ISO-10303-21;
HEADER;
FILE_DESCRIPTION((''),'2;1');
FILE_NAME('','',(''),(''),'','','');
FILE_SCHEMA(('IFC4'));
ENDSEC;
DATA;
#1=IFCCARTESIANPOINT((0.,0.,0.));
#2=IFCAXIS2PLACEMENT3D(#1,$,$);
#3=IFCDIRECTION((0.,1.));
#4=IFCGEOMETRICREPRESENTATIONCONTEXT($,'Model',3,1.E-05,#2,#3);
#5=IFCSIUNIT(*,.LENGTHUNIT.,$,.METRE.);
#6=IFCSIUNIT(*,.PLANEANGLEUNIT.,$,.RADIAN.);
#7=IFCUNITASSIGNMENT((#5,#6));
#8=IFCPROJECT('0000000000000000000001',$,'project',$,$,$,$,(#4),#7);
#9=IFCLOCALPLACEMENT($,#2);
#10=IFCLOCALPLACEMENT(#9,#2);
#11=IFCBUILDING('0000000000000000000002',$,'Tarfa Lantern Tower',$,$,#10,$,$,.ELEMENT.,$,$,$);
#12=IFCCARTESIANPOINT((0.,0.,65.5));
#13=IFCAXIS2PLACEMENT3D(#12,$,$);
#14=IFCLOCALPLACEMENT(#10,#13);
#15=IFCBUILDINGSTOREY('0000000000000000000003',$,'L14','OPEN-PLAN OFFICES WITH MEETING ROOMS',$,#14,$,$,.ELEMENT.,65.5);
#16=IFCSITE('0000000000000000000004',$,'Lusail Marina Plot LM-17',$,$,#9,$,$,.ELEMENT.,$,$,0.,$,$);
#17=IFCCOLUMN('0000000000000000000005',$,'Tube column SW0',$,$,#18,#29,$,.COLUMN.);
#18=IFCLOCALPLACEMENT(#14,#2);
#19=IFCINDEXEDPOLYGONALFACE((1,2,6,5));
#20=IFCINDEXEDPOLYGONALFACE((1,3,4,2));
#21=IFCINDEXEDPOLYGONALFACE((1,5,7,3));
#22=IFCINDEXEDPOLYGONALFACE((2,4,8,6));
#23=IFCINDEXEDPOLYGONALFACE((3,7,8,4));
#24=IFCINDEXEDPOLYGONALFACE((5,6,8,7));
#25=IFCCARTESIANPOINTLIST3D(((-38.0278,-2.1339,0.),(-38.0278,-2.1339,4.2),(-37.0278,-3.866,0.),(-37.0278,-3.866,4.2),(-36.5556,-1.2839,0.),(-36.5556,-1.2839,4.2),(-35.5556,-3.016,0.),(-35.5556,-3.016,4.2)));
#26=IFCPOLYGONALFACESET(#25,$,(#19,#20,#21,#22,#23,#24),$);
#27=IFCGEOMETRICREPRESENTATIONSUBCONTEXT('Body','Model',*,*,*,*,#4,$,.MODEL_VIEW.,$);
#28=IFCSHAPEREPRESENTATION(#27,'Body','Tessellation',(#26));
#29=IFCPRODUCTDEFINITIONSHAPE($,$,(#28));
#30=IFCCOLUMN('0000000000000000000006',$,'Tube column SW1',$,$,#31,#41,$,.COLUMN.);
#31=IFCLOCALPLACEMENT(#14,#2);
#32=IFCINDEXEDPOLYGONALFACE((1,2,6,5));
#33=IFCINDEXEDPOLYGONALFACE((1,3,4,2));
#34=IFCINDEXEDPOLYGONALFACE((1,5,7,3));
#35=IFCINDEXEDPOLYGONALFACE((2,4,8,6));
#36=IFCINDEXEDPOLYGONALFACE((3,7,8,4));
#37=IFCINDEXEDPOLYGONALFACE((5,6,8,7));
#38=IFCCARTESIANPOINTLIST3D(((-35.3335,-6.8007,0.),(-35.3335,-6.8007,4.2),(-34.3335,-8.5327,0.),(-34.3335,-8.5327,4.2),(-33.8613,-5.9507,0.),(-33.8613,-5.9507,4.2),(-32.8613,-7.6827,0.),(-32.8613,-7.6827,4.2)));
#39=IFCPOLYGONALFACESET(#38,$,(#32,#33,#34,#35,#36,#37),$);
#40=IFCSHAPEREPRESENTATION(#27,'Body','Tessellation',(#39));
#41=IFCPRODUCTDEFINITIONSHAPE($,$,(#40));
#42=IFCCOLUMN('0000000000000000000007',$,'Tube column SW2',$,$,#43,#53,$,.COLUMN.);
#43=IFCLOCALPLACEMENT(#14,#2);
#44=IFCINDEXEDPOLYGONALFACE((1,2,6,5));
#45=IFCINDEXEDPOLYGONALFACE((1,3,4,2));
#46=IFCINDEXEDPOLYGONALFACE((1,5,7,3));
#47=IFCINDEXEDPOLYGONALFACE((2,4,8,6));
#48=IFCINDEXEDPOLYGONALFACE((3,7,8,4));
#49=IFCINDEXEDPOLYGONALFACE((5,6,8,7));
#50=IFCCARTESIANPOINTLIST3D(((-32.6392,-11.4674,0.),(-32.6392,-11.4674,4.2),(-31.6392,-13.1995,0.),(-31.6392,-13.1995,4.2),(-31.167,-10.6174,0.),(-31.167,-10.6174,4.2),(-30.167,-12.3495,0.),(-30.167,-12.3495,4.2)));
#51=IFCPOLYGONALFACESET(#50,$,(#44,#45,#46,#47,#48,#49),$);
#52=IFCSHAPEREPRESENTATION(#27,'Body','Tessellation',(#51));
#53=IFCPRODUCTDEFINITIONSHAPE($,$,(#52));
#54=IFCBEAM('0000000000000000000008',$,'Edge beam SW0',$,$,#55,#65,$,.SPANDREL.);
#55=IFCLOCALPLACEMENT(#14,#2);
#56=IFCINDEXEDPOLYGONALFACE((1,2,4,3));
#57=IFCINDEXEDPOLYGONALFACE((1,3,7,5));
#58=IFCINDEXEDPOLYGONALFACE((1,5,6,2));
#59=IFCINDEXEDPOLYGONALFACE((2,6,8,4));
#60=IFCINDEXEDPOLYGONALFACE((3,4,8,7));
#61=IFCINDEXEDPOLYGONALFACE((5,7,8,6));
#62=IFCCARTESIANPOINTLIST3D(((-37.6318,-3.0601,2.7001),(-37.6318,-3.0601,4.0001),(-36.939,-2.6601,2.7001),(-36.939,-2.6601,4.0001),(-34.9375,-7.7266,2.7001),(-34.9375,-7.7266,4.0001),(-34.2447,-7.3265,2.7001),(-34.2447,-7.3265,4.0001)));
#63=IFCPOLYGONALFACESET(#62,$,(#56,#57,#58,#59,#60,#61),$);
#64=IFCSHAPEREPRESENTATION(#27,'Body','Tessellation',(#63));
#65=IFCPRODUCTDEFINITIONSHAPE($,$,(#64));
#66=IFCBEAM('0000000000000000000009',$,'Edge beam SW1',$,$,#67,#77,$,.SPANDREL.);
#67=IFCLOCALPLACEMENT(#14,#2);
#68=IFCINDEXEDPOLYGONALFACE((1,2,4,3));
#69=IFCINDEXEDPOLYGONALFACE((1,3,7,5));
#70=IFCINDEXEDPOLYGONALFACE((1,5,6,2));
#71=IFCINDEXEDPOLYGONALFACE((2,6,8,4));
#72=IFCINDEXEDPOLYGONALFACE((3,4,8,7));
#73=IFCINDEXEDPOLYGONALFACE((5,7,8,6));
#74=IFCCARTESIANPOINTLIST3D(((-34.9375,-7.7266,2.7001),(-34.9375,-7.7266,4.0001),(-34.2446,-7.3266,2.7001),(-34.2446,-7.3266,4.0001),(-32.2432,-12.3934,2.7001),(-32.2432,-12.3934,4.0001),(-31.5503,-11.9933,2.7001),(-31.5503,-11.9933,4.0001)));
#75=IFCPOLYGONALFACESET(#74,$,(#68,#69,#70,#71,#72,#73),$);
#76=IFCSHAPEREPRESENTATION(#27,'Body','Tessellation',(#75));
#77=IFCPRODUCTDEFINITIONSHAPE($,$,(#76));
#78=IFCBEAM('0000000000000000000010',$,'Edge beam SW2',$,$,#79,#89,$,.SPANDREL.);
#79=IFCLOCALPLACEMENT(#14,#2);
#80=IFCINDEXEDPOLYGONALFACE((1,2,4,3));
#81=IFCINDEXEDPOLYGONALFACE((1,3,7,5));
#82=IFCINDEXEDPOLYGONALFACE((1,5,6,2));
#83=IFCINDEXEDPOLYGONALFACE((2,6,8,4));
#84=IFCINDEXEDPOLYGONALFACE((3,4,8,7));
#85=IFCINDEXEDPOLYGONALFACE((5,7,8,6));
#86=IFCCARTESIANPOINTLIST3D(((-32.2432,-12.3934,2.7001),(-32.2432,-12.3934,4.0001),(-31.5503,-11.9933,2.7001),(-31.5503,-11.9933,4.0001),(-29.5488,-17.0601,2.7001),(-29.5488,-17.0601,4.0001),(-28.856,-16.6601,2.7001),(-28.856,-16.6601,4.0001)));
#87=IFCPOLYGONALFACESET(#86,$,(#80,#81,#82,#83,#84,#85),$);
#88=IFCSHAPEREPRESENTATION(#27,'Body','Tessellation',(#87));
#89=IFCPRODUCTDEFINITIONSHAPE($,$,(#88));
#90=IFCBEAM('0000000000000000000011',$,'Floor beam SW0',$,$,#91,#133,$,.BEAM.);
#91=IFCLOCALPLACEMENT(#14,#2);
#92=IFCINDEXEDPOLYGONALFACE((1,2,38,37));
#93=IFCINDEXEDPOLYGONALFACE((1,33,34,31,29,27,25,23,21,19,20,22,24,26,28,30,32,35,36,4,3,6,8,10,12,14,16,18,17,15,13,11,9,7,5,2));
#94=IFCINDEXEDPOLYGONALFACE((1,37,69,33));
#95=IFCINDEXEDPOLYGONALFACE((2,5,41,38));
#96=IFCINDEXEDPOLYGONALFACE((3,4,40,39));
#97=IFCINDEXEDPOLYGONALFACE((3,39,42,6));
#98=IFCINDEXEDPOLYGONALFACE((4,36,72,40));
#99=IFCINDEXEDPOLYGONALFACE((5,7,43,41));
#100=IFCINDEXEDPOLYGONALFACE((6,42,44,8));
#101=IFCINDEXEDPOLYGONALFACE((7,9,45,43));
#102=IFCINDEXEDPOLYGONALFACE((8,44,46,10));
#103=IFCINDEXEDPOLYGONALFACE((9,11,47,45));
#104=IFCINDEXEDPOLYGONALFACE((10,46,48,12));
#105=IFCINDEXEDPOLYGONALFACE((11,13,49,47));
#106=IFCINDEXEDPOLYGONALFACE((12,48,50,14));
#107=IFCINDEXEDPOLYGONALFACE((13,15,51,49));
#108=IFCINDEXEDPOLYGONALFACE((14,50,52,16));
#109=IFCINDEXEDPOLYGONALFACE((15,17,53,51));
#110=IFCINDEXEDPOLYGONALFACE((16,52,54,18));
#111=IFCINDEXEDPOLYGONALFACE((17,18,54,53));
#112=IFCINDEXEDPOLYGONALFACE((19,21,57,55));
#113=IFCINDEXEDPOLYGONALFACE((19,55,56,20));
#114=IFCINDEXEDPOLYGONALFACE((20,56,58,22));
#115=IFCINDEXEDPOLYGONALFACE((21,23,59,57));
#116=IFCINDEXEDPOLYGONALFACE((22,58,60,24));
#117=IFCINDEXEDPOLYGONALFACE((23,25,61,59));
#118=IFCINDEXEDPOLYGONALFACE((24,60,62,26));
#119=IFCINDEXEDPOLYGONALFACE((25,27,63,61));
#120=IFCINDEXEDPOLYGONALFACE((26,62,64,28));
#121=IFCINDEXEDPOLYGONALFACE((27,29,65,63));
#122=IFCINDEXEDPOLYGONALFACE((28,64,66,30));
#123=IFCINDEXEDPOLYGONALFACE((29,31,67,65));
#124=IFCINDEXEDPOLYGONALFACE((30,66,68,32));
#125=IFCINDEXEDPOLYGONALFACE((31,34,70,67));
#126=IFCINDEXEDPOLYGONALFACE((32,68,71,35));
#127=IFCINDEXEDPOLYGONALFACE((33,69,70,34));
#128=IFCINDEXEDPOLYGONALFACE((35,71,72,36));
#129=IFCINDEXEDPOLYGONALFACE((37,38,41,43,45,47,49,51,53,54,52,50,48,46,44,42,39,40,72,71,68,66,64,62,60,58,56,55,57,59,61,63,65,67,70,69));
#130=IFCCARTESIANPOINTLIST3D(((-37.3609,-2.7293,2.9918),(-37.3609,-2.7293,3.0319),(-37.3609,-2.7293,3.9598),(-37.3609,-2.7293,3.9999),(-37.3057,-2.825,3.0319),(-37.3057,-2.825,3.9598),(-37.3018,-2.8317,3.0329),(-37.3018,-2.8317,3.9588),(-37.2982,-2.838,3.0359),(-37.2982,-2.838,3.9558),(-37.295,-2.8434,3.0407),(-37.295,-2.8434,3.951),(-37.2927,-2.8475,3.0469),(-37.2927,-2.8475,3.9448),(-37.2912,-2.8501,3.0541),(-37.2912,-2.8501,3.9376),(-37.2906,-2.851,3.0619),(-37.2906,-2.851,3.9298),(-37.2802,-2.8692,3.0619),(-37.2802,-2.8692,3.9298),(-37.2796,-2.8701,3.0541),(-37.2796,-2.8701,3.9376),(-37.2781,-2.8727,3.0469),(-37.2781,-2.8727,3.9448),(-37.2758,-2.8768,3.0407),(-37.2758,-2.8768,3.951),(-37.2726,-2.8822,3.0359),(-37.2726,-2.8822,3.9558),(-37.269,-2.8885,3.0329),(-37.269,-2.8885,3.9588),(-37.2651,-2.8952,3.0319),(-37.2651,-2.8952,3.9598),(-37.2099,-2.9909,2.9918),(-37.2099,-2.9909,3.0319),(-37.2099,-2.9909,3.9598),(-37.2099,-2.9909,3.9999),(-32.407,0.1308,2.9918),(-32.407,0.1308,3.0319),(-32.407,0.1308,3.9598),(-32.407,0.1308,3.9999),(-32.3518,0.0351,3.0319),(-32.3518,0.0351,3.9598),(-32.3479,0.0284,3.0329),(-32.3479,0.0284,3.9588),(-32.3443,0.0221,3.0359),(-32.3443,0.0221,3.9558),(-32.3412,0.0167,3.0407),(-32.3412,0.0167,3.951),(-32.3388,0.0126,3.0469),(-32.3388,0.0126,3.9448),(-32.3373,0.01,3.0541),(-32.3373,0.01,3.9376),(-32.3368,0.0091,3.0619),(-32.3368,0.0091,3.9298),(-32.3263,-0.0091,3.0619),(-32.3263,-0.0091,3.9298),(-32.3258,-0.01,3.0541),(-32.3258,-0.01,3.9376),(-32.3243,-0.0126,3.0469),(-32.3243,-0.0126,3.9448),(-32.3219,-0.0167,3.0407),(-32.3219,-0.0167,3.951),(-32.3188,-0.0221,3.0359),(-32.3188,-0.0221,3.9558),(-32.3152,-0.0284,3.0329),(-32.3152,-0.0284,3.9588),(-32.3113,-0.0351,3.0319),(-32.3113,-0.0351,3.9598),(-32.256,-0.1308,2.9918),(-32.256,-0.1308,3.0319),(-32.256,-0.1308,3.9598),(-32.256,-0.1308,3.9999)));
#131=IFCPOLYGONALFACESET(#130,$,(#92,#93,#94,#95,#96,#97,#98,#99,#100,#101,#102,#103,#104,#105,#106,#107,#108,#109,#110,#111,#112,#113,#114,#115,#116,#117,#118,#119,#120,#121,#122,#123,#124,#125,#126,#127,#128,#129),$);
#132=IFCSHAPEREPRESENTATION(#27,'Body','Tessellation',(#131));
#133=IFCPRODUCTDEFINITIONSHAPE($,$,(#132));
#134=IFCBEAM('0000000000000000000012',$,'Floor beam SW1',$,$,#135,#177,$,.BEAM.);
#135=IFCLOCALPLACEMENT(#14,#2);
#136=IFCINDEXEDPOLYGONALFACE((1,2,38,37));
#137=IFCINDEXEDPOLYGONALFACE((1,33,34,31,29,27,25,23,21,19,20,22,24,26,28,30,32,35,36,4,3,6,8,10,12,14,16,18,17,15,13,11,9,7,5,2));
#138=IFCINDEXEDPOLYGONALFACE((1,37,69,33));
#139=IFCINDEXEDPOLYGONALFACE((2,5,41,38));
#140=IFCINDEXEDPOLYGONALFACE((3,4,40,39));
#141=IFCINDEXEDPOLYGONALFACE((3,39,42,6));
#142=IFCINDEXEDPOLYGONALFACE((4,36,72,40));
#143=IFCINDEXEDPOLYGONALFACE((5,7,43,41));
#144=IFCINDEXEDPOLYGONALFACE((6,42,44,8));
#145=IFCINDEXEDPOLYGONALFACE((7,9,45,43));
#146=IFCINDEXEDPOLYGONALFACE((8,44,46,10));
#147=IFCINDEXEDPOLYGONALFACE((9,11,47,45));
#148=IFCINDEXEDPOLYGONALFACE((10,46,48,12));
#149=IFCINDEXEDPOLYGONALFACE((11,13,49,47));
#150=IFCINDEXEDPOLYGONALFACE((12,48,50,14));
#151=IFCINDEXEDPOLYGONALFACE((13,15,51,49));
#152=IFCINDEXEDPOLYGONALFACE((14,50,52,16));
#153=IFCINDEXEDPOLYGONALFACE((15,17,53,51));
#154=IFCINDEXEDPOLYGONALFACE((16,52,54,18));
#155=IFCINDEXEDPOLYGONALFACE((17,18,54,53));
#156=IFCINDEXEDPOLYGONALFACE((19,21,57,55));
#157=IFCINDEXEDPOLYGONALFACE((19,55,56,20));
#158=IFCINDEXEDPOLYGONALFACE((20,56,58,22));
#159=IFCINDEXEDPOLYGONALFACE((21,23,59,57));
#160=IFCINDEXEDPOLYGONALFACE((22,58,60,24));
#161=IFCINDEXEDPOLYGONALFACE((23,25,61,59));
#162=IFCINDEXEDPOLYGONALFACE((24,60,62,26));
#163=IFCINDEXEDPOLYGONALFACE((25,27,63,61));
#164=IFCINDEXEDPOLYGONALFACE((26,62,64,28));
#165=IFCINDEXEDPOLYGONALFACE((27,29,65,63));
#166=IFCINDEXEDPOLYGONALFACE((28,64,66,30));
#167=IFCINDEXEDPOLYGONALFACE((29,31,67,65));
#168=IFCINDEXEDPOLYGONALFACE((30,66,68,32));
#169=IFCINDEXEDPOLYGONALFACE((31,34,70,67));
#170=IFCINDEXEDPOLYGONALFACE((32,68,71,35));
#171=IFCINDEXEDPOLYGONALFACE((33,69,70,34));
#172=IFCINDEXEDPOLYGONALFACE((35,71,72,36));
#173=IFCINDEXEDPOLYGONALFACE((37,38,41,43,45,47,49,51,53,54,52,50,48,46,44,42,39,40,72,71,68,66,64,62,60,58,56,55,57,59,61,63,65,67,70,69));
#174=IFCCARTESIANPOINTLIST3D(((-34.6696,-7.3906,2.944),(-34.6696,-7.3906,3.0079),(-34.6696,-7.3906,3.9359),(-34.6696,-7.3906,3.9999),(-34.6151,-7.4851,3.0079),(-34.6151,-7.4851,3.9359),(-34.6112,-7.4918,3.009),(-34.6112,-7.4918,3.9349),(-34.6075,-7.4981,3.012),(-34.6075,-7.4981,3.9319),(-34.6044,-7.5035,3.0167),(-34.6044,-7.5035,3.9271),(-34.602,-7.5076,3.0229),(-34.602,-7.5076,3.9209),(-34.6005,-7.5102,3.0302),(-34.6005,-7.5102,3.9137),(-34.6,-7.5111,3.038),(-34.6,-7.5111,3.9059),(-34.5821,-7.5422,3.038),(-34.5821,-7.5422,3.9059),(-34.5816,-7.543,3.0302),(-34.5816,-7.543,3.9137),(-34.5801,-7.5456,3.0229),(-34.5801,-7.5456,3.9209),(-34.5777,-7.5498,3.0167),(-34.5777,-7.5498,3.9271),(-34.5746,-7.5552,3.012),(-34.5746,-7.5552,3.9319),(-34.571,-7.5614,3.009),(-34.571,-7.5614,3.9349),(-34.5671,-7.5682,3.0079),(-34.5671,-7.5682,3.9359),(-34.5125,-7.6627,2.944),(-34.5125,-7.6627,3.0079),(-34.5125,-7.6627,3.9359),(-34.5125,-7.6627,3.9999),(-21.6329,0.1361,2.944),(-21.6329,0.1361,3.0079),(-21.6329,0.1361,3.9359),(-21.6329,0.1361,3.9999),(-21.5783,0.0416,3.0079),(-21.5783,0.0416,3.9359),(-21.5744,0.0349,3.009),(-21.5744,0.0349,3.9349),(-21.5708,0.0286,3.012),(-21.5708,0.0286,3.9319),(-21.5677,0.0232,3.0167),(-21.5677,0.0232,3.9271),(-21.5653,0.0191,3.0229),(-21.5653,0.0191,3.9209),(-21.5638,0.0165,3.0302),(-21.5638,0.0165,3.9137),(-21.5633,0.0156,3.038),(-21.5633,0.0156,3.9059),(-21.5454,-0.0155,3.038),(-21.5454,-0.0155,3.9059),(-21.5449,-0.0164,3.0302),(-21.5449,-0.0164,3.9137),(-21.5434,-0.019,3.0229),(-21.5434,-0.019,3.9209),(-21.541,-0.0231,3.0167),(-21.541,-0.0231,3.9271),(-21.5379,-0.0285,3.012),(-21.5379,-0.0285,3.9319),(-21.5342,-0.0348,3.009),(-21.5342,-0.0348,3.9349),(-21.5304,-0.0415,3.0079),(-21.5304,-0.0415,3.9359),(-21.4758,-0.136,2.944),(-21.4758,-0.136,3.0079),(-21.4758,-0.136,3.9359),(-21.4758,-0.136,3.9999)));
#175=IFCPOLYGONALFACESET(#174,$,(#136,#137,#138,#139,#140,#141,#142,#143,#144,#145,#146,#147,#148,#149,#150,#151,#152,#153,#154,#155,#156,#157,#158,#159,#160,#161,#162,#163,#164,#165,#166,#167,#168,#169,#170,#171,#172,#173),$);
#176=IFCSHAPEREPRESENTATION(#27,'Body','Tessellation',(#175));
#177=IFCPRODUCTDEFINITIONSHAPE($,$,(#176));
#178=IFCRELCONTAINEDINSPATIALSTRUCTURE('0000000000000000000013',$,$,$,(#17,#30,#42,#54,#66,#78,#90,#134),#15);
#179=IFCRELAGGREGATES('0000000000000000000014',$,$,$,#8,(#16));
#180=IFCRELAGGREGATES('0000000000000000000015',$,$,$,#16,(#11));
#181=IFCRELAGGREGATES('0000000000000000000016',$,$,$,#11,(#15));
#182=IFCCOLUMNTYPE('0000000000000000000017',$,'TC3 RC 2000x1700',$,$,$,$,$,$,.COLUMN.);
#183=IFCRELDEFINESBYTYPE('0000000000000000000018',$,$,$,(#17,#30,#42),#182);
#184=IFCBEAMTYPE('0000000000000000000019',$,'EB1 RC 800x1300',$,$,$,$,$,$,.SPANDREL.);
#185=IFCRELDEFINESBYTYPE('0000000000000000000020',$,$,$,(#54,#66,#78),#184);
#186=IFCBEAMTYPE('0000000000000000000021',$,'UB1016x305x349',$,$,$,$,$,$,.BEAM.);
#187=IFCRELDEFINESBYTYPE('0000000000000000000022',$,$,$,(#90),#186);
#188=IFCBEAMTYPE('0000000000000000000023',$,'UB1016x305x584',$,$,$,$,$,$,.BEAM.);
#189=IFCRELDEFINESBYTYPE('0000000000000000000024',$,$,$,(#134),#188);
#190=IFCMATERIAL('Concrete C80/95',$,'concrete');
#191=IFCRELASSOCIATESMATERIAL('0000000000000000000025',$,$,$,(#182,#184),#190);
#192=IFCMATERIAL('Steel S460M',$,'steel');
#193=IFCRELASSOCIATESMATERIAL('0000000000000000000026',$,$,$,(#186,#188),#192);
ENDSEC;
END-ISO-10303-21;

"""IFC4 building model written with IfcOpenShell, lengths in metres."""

from ifc_helpers import new_model, si_unit, direction, frame, origin, origin_2d, place, context, subcontext, project, spatial, rectangle, i_section, extrude, material, material_profile, profile_set, type_object, element, save


model = new_model("IFC4")

# Units and contexts
model_context = context("Model", 3, precision=1e-05, world=origin(), true_north=direction((0.0, 1.0)))
body_context = subcontext(model_context, "Body", "Model", "MODEL_VIEW")
ifc_project = project(units=[si_unit("LENGTHUNIT", "METRE"), si_unit("PLANEANGLEUNIT", "RADIAN")], contexts=[model_context])

# Site, building, storey
site_placement = place(None, origin())
site = spatial("IfcSite", under=ifc_project, at=site_placement, Name="Lusail Marina Plot LM-17", CompositionType="ELEMENT", RefElevation=0.0)
building_placement = place(site_placement, origin())
building = spatial("IfcBuilding", under=site, at=building_placement, Name="Tarfa Lantern Tower", CompositionType="ELEMENT")
storey_placement = place(building_placement, frame((0.0, 0.0, 65.5)))
storey = spatial("IfcBuildingStorey", under=building, at=storey_placement, Name="L14", Description="OPEN-PLAN OFFICES WITH MEETING ROOMS", CompositionType="ELEMENT", Elevation=65.5)

# Columns
ifc_material_1 = material(Name="Concrete C80/95", Category="concrete")
ifc_material_profile_1 = material_profile(ifc_material_1, rectangle(XDim=2.0, YDim=1.7, at=origin_2d()), Name="RC 2000x1700")
ifc_profile_set_1 = profile_set([ifc_material_profile_1], Name="Concrete C80/95")
column_type = type_object("IfcColumnType", Name="TC3 RC 2000x1700", PredefinedType="COLUMN", material=ifc_profile_set_1)
for number, where, z_axis, x_axis, name in (
    (1, (-36.7917, -2.575, 0.0), (0.0, 0.0, 1.0), (0.5, -0.866025, 0.0), "Tube column SW0"),
    (2, (-34.0974, -7.2417, 0.0), (0.0, 0.0, 1.0), (0.5, -0.866025, 0.0), "Tube column SW1"),
    (3, (-31.4031, -11.9084, 0.0), (0.0, 0.0, 1.0), (0.5, -0.866025, 0.0), "Tube column SW2"),
):
    element("IfcColumn", number, at=place(storey_placement, frame(where, z_axis=z_axis, x_axis=x_axis)), inside=storey, type_object=column_type, Name=name, PredefinedType="COLUMN", context=body_context, shape_type="SweptSolid", body=[
        extrude(rectangle(XDim=2.0, YDim=1.7, at=origin_2d()), origin(), (0.0, 0.0, 1.0), 4.2),
    ])

# Beams
ifc_material_profile_2 = material_profile(ifc_material_1, rectangle(XDim=0.8, YDim=1.3, at=origin_2d()), Name="RC 800x1300")
ifc_profile_set_2 = profile_set([ifc_material_profile_2], Name="Concrete C80/95")
beam_type_1 = type_object("IfcBeamType", Name="EB1 RC 800x1300", PredefinedType="SPANDREL", material=ifc_profile_set_2)
beam_1_placement = place(storey_placement, frame((-37.2854, -2.8601, 3.3501), z_axis=(0.500018, -0.866015, 0.0), x_axis=(0.866015, 0.500018, 0.0)))
element("IfcBeam", 4, at=beam_1_placement, inside=storey, type_object=beam_type_1, Name="Edge beam SW0", PredefinedType="SPANDREL", context=body_context, shape_type="SweptSolid", body=[
    extrude(rectangle(XDim=0.8, YDim=1.3, at=origin_2d()), origin(), (0.0, 0.0, 1.0), 5.3884),
])
for number, where, z_axis, x_axis, name in (
    (5, (-34.5911, -7.5266, 3.3501), (0.499998, -0.866026, 0.0), (0.866026, 0.499998, 0.0), "Edge beam SW1"),
    (6, (-31.8967, -12.1934, 3.3501), (0.499998, -0.866026, 0.0), (0.866026, 0.499998, 0.0), "Edge beam SW2"),
):
    element("IfcBeam", number, at=place(storey_placement, frame(where, z_axis=z_axis, x_axis=x_axis)), inside=storey, type_object=beam_type_1, Name=name, PredefinedType="SPANDREL", context=body_context, shape_type="SweptSolid", body=[
        extrude(rectangle(XDim=0.8, YDim=1.3, at=origin_2d()), origin(), (0.0, 0.0, 1.0), 5.3887),
    ])
ifc_material_2 = material(Name="Steel S460M", Category="steel")
ifc_material_profile_3 = material_profile(ifc_material_2, i_section(OverallWidth=0.302, OverallDepth=1.0081, WebThickness=0.021, FlangeThickness=0.04, FilletRadius=0.03, at=origin_2d()), Name="UB1016x305x349")
ifc_profile_set_3 = profile_set([ifc_material_profile_3], Name="Steel S460M")
beam_type_2 = type_object("IfcBeamType", Name="UB1016x305x349", PredefinedType="BEAM", material=ifc_profile_set_3)
beam_2_placement = place(storey_placement, frame((-37.2854, -2.8601, 3.4958), z_axis=(0.866026, 0.5, 0.0), x_axis=(-0.5, 0.866026, 0.0)))
element("IfcBeam", 7, at=beam_2_placement, inside=storey, type_object=beam_type_2, Name="Floor beam SW0", PredefinedType="BEAM", context=body_context, shape_type="SweptSolid", body=[
    extrude(i_section(OverallWidth=0.302, OverallDepth=1.0081, WebThickness=0.021, FlangeThickness=0.04, FilletRadius=0.03, at=origin_2d()), origin(), (0.0, 0.0, 1.0), 5.7202),
])
ifc_material_profile_4 = material_profile(ifc_material_2, i_section(OverallWidth=0.3142, OverallDepth=1.0559, WebThickness=0.0359, FlangeThickness=0.064, FilletRadius=0.03, at=origin_2d()), Name="UB1016x305x584")
ifc_profile_set_4 = profile_set([ifc_material_profile_4], Name="Steel S460M")
beam_type_3 = type_object("IfcBeamType", Name="UB1016x305x584", PredefinedType="BEAM", material=ifc_profile_set_4)
beam_3_placement = place(storey_placement, frame((-34.5911, -7.5266, 3.4719), z_axis=(0.866028, 0.499996, 0.0), x_axis=(-0.499996, 0.866028, 0.0)))
element("IfcBeam", 8, at=beam_3_placement, inside=storey, type_object=beam_type_3, Name="Floor beam SW1", PredefinedType="BEAM", context=body_context, shape_type="SweptSolid", body=[
    extrude(i_section(OverallWidth=0.3142, OverallDepth=1.0559, WebThickness=0.0359, FlangeThickness=0.064, FilletRadius=0.03, at=origin_2d()), origin(), (0.0, 0.0, 1.0), 15.0535),
])

save(model, "model.ifc")
